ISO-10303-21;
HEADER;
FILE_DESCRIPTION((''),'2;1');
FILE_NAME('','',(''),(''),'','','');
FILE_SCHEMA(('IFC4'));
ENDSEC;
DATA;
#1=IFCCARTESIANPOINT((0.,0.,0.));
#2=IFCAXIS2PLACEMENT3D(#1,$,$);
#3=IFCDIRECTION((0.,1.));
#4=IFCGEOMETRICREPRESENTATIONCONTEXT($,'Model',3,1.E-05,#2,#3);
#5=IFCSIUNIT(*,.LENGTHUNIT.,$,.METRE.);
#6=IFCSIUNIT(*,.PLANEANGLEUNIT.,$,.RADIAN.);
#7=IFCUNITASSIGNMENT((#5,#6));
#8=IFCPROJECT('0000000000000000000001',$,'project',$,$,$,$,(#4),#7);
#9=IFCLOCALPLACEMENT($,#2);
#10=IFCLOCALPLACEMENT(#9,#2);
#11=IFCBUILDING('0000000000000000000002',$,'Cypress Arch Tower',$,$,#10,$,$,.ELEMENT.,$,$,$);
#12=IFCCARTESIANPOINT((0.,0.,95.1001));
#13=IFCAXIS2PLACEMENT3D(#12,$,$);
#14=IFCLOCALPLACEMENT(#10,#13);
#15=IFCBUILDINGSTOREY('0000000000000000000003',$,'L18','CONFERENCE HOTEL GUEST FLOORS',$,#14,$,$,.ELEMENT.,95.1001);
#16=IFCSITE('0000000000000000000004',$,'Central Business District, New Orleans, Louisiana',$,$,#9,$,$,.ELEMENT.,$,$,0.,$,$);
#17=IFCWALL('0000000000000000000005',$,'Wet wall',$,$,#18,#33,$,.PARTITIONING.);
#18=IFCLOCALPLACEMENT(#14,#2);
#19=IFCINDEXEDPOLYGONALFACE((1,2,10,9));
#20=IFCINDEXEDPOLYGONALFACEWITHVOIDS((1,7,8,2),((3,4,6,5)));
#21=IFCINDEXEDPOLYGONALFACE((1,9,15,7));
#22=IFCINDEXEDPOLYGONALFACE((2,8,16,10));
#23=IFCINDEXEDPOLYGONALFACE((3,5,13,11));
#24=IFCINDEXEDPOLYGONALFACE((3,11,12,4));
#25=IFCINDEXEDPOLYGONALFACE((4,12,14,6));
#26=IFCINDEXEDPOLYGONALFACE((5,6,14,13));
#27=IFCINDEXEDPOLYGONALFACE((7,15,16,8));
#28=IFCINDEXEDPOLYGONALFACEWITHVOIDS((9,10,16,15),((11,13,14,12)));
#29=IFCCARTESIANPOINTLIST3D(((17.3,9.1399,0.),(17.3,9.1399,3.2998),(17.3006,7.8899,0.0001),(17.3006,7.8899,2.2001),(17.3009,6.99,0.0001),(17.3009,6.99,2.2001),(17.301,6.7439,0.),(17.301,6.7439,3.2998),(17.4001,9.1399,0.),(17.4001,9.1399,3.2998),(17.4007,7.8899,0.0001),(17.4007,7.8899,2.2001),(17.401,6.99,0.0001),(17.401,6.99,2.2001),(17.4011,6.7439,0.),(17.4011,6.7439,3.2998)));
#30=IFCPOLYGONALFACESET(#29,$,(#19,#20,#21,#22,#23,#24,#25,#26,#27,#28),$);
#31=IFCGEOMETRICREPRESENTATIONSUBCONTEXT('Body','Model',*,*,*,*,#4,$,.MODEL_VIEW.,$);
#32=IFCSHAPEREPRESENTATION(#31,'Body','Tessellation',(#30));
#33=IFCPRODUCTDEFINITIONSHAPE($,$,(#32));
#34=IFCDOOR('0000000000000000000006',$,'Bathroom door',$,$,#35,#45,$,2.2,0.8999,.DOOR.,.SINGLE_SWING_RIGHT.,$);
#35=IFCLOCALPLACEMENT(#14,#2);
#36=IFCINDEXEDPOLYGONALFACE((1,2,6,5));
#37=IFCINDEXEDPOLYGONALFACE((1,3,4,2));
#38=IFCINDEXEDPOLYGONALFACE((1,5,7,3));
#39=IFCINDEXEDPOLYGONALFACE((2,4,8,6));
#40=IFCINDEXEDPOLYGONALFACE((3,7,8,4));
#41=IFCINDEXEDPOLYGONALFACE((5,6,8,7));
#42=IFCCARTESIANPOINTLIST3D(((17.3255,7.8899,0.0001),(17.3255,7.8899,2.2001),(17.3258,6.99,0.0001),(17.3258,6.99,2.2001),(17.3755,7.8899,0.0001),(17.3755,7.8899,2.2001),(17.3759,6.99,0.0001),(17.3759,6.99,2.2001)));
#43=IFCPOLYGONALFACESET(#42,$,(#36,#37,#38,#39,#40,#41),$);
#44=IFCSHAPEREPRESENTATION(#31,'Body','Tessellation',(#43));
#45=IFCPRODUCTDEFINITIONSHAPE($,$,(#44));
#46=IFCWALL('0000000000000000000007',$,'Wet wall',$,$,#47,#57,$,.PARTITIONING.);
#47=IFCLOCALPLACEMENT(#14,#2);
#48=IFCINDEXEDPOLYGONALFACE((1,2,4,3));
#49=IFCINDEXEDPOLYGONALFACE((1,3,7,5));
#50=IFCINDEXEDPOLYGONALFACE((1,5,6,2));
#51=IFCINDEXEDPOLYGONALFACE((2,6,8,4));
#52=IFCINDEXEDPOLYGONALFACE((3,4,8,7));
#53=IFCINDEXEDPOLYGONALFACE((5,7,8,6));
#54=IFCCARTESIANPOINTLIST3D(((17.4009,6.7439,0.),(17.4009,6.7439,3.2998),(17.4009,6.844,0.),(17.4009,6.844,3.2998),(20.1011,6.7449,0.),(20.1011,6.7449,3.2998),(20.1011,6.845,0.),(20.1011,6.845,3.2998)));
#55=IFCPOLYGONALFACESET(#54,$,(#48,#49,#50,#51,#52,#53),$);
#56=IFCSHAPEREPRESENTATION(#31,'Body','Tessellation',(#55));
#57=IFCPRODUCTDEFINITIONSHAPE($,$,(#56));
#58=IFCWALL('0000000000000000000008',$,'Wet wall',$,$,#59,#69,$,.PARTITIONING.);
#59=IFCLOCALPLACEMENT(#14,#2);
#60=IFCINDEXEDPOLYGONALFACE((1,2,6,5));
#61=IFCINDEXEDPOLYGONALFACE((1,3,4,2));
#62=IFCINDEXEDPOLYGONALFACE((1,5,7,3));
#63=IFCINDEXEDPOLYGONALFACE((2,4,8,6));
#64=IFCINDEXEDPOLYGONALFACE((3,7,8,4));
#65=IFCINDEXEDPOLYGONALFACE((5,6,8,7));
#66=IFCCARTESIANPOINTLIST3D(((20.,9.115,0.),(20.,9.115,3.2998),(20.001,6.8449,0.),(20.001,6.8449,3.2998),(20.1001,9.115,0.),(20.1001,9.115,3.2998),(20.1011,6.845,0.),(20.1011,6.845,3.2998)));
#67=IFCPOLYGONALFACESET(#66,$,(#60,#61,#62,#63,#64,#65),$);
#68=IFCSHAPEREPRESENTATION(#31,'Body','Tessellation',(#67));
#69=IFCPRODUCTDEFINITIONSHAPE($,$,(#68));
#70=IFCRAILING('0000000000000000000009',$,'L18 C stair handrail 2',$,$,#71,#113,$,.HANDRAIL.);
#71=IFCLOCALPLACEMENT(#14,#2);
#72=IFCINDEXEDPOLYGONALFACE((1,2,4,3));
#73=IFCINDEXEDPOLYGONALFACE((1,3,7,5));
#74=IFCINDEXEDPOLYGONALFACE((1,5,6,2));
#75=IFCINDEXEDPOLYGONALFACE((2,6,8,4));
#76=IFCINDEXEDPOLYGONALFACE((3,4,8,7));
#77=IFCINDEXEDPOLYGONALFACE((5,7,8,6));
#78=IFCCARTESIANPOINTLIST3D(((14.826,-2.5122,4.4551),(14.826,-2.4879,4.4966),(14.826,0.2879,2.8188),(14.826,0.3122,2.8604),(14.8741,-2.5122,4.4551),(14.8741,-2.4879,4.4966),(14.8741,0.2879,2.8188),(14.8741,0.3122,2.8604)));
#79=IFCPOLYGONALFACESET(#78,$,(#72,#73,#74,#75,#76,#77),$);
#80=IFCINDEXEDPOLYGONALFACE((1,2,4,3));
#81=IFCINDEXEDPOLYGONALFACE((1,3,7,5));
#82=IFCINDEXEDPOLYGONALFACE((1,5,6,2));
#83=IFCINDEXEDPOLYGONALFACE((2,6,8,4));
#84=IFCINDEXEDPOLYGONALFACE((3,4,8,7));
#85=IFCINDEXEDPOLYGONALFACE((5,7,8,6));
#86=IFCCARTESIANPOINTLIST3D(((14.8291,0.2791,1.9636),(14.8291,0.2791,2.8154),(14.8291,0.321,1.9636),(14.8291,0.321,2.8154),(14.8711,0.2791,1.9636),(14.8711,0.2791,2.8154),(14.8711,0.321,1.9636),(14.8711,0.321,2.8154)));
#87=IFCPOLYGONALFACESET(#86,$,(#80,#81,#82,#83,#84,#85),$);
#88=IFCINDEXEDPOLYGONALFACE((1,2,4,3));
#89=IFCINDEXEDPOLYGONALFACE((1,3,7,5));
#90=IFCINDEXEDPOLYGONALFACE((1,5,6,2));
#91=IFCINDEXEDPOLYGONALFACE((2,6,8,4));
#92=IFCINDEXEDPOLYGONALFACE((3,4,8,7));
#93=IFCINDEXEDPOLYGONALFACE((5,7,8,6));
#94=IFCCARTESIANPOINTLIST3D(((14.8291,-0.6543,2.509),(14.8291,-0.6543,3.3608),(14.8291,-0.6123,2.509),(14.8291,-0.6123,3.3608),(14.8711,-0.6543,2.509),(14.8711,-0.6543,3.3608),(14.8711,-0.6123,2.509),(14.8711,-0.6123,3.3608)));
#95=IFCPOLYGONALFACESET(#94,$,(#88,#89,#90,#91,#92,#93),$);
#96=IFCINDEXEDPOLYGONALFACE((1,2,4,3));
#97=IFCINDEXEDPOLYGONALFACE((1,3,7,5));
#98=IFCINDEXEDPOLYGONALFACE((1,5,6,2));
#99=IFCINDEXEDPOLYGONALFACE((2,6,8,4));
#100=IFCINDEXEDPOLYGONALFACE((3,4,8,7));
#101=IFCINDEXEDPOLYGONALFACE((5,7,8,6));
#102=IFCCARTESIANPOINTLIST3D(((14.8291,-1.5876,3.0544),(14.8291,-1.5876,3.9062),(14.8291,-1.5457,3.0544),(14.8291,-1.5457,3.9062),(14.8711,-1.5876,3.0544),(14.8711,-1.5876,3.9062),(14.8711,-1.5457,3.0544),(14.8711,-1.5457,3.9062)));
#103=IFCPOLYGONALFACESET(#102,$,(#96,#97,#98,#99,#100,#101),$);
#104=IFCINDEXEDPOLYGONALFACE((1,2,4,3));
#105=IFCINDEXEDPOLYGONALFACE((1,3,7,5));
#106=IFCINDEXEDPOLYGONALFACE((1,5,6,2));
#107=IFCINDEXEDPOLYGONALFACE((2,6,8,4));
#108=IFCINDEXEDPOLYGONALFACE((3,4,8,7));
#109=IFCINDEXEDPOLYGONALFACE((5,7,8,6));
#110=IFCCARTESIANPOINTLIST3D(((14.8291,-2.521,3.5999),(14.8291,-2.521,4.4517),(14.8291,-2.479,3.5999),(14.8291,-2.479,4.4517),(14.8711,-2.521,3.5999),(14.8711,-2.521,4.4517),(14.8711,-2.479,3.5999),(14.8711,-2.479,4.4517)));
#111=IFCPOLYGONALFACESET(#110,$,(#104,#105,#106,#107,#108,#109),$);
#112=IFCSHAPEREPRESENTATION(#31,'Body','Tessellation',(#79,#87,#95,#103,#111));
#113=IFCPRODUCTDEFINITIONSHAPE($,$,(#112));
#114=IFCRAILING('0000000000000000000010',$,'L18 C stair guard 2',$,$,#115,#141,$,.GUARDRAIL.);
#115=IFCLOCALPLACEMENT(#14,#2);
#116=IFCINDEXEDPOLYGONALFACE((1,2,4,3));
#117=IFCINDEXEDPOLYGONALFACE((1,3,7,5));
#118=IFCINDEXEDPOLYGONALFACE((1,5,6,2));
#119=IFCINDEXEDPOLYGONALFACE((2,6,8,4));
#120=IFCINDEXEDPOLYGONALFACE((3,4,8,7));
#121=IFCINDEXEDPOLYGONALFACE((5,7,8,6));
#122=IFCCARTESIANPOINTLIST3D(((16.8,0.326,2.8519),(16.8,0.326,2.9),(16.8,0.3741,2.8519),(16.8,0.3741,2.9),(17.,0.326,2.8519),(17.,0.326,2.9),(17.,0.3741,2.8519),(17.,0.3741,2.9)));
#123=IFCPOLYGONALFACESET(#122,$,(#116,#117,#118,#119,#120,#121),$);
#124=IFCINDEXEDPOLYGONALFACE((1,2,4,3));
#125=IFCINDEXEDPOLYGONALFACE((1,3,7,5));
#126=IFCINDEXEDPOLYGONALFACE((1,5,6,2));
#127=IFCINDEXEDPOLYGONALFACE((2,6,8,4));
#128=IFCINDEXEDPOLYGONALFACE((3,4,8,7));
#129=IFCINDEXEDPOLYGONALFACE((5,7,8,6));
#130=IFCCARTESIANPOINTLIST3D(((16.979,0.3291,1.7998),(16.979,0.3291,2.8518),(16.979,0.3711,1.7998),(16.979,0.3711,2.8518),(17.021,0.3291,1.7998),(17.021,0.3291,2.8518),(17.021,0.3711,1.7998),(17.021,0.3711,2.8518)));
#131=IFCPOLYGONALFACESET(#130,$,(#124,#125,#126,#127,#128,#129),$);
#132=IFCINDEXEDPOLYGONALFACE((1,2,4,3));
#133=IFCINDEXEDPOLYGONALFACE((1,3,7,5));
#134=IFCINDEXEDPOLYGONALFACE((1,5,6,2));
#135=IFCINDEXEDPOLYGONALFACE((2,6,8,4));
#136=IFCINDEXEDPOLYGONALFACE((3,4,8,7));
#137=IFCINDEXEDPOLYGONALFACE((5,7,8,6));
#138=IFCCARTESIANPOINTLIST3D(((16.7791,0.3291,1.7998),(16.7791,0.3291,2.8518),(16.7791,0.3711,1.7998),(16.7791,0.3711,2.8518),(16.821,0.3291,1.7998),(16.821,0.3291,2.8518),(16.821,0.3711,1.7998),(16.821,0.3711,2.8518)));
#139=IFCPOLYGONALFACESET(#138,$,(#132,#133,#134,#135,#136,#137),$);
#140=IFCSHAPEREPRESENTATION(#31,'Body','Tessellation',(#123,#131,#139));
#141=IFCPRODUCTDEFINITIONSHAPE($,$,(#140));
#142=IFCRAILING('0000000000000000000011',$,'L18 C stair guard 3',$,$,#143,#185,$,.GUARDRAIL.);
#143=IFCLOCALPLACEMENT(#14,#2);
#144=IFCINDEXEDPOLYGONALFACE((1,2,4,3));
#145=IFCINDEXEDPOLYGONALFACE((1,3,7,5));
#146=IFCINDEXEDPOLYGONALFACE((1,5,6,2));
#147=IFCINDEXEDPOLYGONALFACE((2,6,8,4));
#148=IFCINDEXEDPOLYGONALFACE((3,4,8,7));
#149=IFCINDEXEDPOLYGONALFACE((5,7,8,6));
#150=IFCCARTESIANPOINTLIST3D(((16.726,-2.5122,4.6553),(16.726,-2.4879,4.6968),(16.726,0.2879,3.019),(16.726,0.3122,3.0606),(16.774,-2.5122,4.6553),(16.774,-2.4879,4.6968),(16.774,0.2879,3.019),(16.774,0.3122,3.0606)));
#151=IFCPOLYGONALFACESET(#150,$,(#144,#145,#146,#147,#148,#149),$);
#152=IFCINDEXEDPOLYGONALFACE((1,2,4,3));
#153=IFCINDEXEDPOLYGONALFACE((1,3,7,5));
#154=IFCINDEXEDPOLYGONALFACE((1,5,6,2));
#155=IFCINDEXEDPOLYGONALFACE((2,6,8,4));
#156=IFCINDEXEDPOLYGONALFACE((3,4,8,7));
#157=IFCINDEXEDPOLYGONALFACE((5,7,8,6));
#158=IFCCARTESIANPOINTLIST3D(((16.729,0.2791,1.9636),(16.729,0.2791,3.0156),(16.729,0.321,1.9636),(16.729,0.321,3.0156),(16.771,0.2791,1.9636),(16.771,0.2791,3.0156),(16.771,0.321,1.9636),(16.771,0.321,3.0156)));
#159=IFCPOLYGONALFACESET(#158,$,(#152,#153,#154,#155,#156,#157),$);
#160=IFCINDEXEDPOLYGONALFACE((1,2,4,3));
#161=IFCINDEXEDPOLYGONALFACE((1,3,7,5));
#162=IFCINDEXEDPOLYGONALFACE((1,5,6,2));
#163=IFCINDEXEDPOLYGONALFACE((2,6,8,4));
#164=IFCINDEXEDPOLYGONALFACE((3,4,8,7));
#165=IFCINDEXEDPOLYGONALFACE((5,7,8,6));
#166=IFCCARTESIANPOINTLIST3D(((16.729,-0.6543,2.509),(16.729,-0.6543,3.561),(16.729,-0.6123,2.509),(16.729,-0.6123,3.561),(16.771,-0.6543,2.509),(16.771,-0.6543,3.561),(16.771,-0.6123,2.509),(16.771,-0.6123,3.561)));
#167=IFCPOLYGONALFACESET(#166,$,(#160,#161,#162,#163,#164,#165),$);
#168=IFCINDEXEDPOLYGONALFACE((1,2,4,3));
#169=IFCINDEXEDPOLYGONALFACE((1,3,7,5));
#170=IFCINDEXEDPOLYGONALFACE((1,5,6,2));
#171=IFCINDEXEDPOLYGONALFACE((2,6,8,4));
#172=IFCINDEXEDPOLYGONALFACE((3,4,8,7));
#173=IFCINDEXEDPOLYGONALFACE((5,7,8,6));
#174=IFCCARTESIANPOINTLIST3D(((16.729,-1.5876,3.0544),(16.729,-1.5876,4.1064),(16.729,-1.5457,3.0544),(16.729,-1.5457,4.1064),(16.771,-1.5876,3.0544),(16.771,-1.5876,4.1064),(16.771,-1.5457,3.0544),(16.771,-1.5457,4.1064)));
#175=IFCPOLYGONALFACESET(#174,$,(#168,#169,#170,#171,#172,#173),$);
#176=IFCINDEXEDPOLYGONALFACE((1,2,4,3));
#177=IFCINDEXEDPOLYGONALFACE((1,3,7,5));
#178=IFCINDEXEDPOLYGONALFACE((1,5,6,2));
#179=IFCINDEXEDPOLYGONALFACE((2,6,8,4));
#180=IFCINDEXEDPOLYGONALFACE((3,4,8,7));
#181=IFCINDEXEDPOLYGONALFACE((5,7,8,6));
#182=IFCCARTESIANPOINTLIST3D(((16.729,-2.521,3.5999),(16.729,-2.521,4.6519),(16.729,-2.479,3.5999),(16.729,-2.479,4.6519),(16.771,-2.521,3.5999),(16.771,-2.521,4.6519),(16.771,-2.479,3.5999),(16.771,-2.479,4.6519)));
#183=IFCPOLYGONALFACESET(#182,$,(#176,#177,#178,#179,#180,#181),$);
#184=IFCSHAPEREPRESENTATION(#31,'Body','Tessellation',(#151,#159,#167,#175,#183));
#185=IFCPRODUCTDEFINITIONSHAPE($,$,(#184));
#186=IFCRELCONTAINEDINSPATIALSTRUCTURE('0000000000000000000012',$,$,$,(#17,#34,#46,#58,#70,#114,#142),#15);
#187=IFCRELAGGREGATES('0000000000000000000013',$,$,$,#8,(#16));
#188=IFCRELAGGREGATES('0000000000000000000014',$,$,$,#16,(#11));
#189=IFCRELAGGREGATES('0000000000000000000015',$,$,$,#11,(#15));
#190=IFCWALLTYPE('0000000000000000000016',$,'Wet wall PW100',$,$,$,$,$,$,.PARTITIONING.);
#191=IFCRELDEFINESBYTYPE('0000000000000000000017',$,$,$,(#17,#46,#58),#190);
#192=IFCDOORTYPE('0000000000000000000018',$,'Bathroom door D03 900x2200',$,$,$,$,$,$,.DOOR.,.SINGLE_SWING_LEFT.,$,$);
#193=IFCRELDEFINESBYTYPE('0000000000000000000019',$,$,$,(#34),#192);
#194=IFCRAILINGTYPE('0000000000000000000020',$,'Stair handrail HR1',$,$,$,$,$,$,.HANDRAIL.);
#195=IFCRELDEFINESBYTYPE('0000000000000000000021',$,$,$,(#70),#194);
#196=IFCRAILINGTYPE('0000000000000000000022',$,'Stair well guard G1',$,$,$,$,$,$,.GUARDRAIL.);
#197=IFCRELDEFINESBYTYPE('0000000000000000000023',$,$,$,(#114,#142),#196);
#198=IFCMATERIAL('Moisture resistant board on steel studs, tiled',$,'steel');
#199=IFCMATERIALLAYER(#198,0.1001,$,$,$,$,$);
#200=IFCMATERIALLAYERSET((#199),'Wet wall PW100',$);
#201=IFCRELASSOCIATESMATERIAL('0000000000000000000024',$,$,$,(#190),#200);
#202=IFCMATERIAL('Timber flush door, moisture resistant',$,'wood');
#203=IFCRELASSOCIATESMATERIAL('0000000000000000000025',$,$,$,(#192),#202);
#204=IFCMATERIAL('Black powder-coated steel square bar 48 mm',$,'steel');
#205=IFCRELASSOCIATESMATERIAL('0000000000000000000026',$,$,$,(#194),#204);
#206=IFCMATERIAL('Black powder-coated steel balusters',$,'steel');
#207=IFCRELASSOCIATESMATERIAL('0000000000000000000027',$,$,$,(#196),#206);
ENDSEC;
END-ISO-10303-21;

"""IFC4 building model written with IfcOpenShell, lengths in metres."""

from ifc_helpers import new_model, si_unit, direction, frame, frame_2d, origin, origin_2d, place, context, subcontext, project, spatial, rectangle, extrude, material, layer, layer_set, type_object, element, fill, save


model = new_model("IFC4")

# Units and contexts
model_context = context("Model", 3, precision=1e-05, world=origin(), true_north=direction((0.0, 1.0)))
body_context = subcontext(model_context, "Body", "Model", "MODEL_VIEW")
ifc_project = project(units=[si_unit("LENGTHUNIT", "METRE"), si_unit("PLANEANGLEUNIT", "RADIAN")], contexts=[model_context])

# Site, building, storey
site_placement = place(None, origin())
site = spatial("IfcSite", under=ifc_project, at=site_placement, Name="Central Business District, New Orleans, Louisiana", CompositionType="ELEMENT", RefElevation=0.0)
building_placement = place(site_placement, origin())
building = spatial("IfcBuilding", under=site, at=building_placement, Name="Cypress Arch Tower", CompositionType="ELEMENT")
storey_placement = place(building_placement, frame((0.0, 0.0, 95.1001)))
storey = spatial("IfcBuildingStorey", under=building, at=storey_placement, Name="L18", Description="CONFERENCE HOTEL GUEST FLOORS", CompositionType="ELEMENT", Elevation=95.1001)

# Shared definitions
ifc_material_1 = material(Name="Moisture resistant board on steel studs, tiled", Category="steel")
ifc_layer_1 = layer(ifc_material_1, 0.1001)
ifc_layer_set_1 = layer_set([ifc_layer_1], Name="Wet wall PW100")
wall_type_1 = type_object("IfcWallType", Name="Wet wall PW100", PredefinedType="PARTITIONING", material=ifc_layer_set_1)

# Wall, opening, door
wall_1_placement = place(storey_placement, frame((17.3501, 9.1399, 0.0), z_axis=(0.0, 0.0, 1.0), x_axis=(0.000408, -1.0, 0.0)))
wall_1 = element("IfcWall", 1, at=wall_1_placement, inside=storey, type_object=wall_type_1, Name="Wet wall", PredefinedType="PARTITIONING", context=body_context, shape_type="SweptSolid", body=[
    extrude(rectangle(XDim=2.396, YDim=0.1001, at=frame_2d((1.198, 0.0))), origin(), (0.0, 0.0, 1.0), 3.2998),
])
opening_1_placement = place(wall_1_placement, frame((1.25, 0.0, 0.0)))
opening_1 = element("IfcOpeningElement", 2, at=opening_1_placement, cuts=wall_1, PredefinedType="OPENING", context=body_context, shape_type="SweptSolid", body=[
    extrude(rectangle(XDim=0.8999, YDim=2.2, at=frame_2d((0.45, 1.1001))), frame((0.0, 0.0601, 0.0), z_axis=(0.0, -1.0, 0.0), x_axis=(1.0, 0.0, 0.0)), (0.0, 0.0, 1.0), 0.1201),
])
ifc_material_2 = material(Name="Timber flush door, moisture resistant", Category="wood")
door_type_1 = type_object("IfcDoorType", Name="Bathroom door D03 900x2200", OperationType="SINGLE_SWING_LEFT", PredefinedType="DOOR", material=ifc_material_2)
door_1_placement = place(opening_1_placement, origin())
door_1 = element("IfcDoor", 3, at=door_1_placement, inside=storey, type_object=door_type_1, Name="Bathroom door", OperationType="SINGLE_SWING_RIGHT", OverallHeight=2.2, OverallWidth=0.8999, PredefinedType="DOOR", context=body_context, shape_type="SweptSolid", body=[
    extrude(rectangle(XDim=0.8999, YDim=2.2, at=frame_2d((0.45, 1.1001))), frame((0.0, 0.0249, 0.0), z_axis=(0.0, -1.0, 0.0), x_axis=(1.0, 0.0, 0.0)), (0.0, 0.0, 1.0), 0.05),
])
fill(opening_1, door_1)

# Walls
wall_2_placement = place(storey_placement, frame((17.4009, 6.7939, 0.0), z_axis=(0.0, 0.0, 1.0), x_axis=(1.0, 0.000362, 0.0)))
element("IfcWall", 4, at=wall_2_placement, inside=storey, type_object=wall_type_1, Name="Wet wall", PredefinedType="PARTITIONING", context=body_context, shape_type="SweptSolid", body=[
    extrude(rectangle(XDim=2.7002, YDim=0.1001, at=frame_2d((1.3501, 0.0))), origin(), (0.0, 0.0, 1.0), 3.2998),
])
wall_3_placement = place(storey_placement, frame((20.05, 9.115, 0.0), z_axis=(0.0, 0.0, 1.0), x_axis=(0.00043, -1.0, 0.0)))
element("IfcWall", 5, at=wall_3_placement, inside=storey, type_object=wall_type_1, Name="Wet wall", PredefinedType="PARTITIONING", context=body_context, shape_type="SweptSolid", body=[
    extrude(rectangle(XDim=2.27, YDim=0.1001, at=frame_2d((1.135, 0.0))), origin(), (0.0, 0.0, 1.0), 3.2998),
])

# Railings
ifc_material_3 = material(Name="Black powder-coated steel square bar 48 mm", Category="steel")
railing_type_1 = type_object("IfcRailingType", Name="Stair handrail HR1", PredefinedType="HANDRAIL", material=ifc_material_3)
railing_1_placement = place(storey_placement, frame((14.8501, 0.3, 1.9636)))
element("IfcRailing", 6, at=railing_1_placement, inside=storey, type_object=railing_type_1, Name="L18 C stair handrail 2", PredefinedType="HANDRAIL", context=body_context, shape_type="SweptSolid", body=[
    extrude(rectangle(XDim=0.0481, YDim=0.0481, at=origin_2d()), frame((0.0, 0.0, 0.876), z_axis=(0.0, -0.863394, 0.504531), x_axis=(1.0, 0.0, 0.0)), (0.0, 0.0, 1.0), 3.2432),
    extrude(rectangle(XDim=0.042, YDim=0.042, at=origin_2d()), origin(), (0.0, 0.0, 1.0), 0.8518),
    extrude(rectangle(XDim=0.042, YDim=0.042, at=origin_2d()), frame((0.0, -0.9333, 0.5454)), (0.0, 0.0, 1.0), 0.8518),
    extrude(rectangle(XDim=0.042, YDim=0.042, at=origin_2d()), frame((0.0, -1.8667, 1.0908)), (0.0, 0.0, 1.0), 0.8518),
    extrude(rectangle(XDim=0.042, YDim=0.042, at=origin_2d()), frame((0.0, -2.8, 1.6362)), (0.0, 0.0, 1.0), 0.8518),
])
ifc_material_4 = material(Name="Black powder-coated steel balusters", Category="steel")
railing_type_2 = type_object("IfcRailingType", Name="Stair well guard G1", PredefinedType="GUARDRAIL", material=ifc_material_4)
railing_2_placement = place(storey_placement, frame((17.0, 0.3501, 1.7998)))
element("IfcRailing", 7, at=railing_2_placement, inside=storey, type_object=railing_type_2, Name="L18 C stair guard 2", PredefinedType="GUARDRAIL", context=body_context, shape_type="SweptSolid", body=[
    extrude(rectangle(XDim=0.0481, YDim=0.0481, at=origin_2d()), frame((0.0, 0.0, 1.0762), z_axis=(-1.0, 0.0, 0.0), x_axis=(0.0, -1.0, 0.0)), (0.0, 0.0, 1.0), 0.2),
    extrude(rectangle(XDim=0.042, YDim=0.042, at=origin_2d()), origin(), (0.0, 0.0, 1.0), 1.052),
    extrude(rectangle(XDim=0.042, YDim=0.042, at=origin_2d()), frame((-0.2, 0.0, 0.0)), (0.0, 0.0, 1.0), 1.052),
])
railing_3_placement = place(storey_placement, frame((16.75, 0.3, 1.9636)))
element("IfcRailing", 8, at=railing_3_placement, inside=storey, type_object=railing_type_2, Name="L18 C stair guard 3", PredefinedType="GUARDRAIL", context=body_context, shape_type="SweptSolid", body=[
    extrude(rectangle(XDim=0.0481, YDim=0.0481, at=origin_2d()), frame((0.0, 0.0, 1.0762), z_axis=(0.0, -0.863394, 0.504531), x_axis=(1.0, 0.0, 0.0)), (0.0, 0.0, 1.0), 3.2432),
    extrude(rectangle(XDim=0.042, YDim=0.042, at=origin_2d()), origin(), (0.0, 0.0, 1.0), 1.052),
    extrude(rectangle(XDim=0.042, YDim=0.042, at=origin_2d()), frame((0.0, -0.9333, 0.5454)), (0.0, 0.0, 1.0), 1.052),
    extrude(rectangle(XDim=0.042, YDim=0.042, at=origin_2d()), frame((0.0, -1.8667, 1.0908)), (0.0, 0.0, 1.0), 1.052),
    extrude(rectangle(XDim=0.042, YDim=0.042, at=origin_2d()), frame((0.0, -2.8, 1.6362)), (0.0, 0.0, 1.0), 1.052),
])

save(model, "model.ifc")
